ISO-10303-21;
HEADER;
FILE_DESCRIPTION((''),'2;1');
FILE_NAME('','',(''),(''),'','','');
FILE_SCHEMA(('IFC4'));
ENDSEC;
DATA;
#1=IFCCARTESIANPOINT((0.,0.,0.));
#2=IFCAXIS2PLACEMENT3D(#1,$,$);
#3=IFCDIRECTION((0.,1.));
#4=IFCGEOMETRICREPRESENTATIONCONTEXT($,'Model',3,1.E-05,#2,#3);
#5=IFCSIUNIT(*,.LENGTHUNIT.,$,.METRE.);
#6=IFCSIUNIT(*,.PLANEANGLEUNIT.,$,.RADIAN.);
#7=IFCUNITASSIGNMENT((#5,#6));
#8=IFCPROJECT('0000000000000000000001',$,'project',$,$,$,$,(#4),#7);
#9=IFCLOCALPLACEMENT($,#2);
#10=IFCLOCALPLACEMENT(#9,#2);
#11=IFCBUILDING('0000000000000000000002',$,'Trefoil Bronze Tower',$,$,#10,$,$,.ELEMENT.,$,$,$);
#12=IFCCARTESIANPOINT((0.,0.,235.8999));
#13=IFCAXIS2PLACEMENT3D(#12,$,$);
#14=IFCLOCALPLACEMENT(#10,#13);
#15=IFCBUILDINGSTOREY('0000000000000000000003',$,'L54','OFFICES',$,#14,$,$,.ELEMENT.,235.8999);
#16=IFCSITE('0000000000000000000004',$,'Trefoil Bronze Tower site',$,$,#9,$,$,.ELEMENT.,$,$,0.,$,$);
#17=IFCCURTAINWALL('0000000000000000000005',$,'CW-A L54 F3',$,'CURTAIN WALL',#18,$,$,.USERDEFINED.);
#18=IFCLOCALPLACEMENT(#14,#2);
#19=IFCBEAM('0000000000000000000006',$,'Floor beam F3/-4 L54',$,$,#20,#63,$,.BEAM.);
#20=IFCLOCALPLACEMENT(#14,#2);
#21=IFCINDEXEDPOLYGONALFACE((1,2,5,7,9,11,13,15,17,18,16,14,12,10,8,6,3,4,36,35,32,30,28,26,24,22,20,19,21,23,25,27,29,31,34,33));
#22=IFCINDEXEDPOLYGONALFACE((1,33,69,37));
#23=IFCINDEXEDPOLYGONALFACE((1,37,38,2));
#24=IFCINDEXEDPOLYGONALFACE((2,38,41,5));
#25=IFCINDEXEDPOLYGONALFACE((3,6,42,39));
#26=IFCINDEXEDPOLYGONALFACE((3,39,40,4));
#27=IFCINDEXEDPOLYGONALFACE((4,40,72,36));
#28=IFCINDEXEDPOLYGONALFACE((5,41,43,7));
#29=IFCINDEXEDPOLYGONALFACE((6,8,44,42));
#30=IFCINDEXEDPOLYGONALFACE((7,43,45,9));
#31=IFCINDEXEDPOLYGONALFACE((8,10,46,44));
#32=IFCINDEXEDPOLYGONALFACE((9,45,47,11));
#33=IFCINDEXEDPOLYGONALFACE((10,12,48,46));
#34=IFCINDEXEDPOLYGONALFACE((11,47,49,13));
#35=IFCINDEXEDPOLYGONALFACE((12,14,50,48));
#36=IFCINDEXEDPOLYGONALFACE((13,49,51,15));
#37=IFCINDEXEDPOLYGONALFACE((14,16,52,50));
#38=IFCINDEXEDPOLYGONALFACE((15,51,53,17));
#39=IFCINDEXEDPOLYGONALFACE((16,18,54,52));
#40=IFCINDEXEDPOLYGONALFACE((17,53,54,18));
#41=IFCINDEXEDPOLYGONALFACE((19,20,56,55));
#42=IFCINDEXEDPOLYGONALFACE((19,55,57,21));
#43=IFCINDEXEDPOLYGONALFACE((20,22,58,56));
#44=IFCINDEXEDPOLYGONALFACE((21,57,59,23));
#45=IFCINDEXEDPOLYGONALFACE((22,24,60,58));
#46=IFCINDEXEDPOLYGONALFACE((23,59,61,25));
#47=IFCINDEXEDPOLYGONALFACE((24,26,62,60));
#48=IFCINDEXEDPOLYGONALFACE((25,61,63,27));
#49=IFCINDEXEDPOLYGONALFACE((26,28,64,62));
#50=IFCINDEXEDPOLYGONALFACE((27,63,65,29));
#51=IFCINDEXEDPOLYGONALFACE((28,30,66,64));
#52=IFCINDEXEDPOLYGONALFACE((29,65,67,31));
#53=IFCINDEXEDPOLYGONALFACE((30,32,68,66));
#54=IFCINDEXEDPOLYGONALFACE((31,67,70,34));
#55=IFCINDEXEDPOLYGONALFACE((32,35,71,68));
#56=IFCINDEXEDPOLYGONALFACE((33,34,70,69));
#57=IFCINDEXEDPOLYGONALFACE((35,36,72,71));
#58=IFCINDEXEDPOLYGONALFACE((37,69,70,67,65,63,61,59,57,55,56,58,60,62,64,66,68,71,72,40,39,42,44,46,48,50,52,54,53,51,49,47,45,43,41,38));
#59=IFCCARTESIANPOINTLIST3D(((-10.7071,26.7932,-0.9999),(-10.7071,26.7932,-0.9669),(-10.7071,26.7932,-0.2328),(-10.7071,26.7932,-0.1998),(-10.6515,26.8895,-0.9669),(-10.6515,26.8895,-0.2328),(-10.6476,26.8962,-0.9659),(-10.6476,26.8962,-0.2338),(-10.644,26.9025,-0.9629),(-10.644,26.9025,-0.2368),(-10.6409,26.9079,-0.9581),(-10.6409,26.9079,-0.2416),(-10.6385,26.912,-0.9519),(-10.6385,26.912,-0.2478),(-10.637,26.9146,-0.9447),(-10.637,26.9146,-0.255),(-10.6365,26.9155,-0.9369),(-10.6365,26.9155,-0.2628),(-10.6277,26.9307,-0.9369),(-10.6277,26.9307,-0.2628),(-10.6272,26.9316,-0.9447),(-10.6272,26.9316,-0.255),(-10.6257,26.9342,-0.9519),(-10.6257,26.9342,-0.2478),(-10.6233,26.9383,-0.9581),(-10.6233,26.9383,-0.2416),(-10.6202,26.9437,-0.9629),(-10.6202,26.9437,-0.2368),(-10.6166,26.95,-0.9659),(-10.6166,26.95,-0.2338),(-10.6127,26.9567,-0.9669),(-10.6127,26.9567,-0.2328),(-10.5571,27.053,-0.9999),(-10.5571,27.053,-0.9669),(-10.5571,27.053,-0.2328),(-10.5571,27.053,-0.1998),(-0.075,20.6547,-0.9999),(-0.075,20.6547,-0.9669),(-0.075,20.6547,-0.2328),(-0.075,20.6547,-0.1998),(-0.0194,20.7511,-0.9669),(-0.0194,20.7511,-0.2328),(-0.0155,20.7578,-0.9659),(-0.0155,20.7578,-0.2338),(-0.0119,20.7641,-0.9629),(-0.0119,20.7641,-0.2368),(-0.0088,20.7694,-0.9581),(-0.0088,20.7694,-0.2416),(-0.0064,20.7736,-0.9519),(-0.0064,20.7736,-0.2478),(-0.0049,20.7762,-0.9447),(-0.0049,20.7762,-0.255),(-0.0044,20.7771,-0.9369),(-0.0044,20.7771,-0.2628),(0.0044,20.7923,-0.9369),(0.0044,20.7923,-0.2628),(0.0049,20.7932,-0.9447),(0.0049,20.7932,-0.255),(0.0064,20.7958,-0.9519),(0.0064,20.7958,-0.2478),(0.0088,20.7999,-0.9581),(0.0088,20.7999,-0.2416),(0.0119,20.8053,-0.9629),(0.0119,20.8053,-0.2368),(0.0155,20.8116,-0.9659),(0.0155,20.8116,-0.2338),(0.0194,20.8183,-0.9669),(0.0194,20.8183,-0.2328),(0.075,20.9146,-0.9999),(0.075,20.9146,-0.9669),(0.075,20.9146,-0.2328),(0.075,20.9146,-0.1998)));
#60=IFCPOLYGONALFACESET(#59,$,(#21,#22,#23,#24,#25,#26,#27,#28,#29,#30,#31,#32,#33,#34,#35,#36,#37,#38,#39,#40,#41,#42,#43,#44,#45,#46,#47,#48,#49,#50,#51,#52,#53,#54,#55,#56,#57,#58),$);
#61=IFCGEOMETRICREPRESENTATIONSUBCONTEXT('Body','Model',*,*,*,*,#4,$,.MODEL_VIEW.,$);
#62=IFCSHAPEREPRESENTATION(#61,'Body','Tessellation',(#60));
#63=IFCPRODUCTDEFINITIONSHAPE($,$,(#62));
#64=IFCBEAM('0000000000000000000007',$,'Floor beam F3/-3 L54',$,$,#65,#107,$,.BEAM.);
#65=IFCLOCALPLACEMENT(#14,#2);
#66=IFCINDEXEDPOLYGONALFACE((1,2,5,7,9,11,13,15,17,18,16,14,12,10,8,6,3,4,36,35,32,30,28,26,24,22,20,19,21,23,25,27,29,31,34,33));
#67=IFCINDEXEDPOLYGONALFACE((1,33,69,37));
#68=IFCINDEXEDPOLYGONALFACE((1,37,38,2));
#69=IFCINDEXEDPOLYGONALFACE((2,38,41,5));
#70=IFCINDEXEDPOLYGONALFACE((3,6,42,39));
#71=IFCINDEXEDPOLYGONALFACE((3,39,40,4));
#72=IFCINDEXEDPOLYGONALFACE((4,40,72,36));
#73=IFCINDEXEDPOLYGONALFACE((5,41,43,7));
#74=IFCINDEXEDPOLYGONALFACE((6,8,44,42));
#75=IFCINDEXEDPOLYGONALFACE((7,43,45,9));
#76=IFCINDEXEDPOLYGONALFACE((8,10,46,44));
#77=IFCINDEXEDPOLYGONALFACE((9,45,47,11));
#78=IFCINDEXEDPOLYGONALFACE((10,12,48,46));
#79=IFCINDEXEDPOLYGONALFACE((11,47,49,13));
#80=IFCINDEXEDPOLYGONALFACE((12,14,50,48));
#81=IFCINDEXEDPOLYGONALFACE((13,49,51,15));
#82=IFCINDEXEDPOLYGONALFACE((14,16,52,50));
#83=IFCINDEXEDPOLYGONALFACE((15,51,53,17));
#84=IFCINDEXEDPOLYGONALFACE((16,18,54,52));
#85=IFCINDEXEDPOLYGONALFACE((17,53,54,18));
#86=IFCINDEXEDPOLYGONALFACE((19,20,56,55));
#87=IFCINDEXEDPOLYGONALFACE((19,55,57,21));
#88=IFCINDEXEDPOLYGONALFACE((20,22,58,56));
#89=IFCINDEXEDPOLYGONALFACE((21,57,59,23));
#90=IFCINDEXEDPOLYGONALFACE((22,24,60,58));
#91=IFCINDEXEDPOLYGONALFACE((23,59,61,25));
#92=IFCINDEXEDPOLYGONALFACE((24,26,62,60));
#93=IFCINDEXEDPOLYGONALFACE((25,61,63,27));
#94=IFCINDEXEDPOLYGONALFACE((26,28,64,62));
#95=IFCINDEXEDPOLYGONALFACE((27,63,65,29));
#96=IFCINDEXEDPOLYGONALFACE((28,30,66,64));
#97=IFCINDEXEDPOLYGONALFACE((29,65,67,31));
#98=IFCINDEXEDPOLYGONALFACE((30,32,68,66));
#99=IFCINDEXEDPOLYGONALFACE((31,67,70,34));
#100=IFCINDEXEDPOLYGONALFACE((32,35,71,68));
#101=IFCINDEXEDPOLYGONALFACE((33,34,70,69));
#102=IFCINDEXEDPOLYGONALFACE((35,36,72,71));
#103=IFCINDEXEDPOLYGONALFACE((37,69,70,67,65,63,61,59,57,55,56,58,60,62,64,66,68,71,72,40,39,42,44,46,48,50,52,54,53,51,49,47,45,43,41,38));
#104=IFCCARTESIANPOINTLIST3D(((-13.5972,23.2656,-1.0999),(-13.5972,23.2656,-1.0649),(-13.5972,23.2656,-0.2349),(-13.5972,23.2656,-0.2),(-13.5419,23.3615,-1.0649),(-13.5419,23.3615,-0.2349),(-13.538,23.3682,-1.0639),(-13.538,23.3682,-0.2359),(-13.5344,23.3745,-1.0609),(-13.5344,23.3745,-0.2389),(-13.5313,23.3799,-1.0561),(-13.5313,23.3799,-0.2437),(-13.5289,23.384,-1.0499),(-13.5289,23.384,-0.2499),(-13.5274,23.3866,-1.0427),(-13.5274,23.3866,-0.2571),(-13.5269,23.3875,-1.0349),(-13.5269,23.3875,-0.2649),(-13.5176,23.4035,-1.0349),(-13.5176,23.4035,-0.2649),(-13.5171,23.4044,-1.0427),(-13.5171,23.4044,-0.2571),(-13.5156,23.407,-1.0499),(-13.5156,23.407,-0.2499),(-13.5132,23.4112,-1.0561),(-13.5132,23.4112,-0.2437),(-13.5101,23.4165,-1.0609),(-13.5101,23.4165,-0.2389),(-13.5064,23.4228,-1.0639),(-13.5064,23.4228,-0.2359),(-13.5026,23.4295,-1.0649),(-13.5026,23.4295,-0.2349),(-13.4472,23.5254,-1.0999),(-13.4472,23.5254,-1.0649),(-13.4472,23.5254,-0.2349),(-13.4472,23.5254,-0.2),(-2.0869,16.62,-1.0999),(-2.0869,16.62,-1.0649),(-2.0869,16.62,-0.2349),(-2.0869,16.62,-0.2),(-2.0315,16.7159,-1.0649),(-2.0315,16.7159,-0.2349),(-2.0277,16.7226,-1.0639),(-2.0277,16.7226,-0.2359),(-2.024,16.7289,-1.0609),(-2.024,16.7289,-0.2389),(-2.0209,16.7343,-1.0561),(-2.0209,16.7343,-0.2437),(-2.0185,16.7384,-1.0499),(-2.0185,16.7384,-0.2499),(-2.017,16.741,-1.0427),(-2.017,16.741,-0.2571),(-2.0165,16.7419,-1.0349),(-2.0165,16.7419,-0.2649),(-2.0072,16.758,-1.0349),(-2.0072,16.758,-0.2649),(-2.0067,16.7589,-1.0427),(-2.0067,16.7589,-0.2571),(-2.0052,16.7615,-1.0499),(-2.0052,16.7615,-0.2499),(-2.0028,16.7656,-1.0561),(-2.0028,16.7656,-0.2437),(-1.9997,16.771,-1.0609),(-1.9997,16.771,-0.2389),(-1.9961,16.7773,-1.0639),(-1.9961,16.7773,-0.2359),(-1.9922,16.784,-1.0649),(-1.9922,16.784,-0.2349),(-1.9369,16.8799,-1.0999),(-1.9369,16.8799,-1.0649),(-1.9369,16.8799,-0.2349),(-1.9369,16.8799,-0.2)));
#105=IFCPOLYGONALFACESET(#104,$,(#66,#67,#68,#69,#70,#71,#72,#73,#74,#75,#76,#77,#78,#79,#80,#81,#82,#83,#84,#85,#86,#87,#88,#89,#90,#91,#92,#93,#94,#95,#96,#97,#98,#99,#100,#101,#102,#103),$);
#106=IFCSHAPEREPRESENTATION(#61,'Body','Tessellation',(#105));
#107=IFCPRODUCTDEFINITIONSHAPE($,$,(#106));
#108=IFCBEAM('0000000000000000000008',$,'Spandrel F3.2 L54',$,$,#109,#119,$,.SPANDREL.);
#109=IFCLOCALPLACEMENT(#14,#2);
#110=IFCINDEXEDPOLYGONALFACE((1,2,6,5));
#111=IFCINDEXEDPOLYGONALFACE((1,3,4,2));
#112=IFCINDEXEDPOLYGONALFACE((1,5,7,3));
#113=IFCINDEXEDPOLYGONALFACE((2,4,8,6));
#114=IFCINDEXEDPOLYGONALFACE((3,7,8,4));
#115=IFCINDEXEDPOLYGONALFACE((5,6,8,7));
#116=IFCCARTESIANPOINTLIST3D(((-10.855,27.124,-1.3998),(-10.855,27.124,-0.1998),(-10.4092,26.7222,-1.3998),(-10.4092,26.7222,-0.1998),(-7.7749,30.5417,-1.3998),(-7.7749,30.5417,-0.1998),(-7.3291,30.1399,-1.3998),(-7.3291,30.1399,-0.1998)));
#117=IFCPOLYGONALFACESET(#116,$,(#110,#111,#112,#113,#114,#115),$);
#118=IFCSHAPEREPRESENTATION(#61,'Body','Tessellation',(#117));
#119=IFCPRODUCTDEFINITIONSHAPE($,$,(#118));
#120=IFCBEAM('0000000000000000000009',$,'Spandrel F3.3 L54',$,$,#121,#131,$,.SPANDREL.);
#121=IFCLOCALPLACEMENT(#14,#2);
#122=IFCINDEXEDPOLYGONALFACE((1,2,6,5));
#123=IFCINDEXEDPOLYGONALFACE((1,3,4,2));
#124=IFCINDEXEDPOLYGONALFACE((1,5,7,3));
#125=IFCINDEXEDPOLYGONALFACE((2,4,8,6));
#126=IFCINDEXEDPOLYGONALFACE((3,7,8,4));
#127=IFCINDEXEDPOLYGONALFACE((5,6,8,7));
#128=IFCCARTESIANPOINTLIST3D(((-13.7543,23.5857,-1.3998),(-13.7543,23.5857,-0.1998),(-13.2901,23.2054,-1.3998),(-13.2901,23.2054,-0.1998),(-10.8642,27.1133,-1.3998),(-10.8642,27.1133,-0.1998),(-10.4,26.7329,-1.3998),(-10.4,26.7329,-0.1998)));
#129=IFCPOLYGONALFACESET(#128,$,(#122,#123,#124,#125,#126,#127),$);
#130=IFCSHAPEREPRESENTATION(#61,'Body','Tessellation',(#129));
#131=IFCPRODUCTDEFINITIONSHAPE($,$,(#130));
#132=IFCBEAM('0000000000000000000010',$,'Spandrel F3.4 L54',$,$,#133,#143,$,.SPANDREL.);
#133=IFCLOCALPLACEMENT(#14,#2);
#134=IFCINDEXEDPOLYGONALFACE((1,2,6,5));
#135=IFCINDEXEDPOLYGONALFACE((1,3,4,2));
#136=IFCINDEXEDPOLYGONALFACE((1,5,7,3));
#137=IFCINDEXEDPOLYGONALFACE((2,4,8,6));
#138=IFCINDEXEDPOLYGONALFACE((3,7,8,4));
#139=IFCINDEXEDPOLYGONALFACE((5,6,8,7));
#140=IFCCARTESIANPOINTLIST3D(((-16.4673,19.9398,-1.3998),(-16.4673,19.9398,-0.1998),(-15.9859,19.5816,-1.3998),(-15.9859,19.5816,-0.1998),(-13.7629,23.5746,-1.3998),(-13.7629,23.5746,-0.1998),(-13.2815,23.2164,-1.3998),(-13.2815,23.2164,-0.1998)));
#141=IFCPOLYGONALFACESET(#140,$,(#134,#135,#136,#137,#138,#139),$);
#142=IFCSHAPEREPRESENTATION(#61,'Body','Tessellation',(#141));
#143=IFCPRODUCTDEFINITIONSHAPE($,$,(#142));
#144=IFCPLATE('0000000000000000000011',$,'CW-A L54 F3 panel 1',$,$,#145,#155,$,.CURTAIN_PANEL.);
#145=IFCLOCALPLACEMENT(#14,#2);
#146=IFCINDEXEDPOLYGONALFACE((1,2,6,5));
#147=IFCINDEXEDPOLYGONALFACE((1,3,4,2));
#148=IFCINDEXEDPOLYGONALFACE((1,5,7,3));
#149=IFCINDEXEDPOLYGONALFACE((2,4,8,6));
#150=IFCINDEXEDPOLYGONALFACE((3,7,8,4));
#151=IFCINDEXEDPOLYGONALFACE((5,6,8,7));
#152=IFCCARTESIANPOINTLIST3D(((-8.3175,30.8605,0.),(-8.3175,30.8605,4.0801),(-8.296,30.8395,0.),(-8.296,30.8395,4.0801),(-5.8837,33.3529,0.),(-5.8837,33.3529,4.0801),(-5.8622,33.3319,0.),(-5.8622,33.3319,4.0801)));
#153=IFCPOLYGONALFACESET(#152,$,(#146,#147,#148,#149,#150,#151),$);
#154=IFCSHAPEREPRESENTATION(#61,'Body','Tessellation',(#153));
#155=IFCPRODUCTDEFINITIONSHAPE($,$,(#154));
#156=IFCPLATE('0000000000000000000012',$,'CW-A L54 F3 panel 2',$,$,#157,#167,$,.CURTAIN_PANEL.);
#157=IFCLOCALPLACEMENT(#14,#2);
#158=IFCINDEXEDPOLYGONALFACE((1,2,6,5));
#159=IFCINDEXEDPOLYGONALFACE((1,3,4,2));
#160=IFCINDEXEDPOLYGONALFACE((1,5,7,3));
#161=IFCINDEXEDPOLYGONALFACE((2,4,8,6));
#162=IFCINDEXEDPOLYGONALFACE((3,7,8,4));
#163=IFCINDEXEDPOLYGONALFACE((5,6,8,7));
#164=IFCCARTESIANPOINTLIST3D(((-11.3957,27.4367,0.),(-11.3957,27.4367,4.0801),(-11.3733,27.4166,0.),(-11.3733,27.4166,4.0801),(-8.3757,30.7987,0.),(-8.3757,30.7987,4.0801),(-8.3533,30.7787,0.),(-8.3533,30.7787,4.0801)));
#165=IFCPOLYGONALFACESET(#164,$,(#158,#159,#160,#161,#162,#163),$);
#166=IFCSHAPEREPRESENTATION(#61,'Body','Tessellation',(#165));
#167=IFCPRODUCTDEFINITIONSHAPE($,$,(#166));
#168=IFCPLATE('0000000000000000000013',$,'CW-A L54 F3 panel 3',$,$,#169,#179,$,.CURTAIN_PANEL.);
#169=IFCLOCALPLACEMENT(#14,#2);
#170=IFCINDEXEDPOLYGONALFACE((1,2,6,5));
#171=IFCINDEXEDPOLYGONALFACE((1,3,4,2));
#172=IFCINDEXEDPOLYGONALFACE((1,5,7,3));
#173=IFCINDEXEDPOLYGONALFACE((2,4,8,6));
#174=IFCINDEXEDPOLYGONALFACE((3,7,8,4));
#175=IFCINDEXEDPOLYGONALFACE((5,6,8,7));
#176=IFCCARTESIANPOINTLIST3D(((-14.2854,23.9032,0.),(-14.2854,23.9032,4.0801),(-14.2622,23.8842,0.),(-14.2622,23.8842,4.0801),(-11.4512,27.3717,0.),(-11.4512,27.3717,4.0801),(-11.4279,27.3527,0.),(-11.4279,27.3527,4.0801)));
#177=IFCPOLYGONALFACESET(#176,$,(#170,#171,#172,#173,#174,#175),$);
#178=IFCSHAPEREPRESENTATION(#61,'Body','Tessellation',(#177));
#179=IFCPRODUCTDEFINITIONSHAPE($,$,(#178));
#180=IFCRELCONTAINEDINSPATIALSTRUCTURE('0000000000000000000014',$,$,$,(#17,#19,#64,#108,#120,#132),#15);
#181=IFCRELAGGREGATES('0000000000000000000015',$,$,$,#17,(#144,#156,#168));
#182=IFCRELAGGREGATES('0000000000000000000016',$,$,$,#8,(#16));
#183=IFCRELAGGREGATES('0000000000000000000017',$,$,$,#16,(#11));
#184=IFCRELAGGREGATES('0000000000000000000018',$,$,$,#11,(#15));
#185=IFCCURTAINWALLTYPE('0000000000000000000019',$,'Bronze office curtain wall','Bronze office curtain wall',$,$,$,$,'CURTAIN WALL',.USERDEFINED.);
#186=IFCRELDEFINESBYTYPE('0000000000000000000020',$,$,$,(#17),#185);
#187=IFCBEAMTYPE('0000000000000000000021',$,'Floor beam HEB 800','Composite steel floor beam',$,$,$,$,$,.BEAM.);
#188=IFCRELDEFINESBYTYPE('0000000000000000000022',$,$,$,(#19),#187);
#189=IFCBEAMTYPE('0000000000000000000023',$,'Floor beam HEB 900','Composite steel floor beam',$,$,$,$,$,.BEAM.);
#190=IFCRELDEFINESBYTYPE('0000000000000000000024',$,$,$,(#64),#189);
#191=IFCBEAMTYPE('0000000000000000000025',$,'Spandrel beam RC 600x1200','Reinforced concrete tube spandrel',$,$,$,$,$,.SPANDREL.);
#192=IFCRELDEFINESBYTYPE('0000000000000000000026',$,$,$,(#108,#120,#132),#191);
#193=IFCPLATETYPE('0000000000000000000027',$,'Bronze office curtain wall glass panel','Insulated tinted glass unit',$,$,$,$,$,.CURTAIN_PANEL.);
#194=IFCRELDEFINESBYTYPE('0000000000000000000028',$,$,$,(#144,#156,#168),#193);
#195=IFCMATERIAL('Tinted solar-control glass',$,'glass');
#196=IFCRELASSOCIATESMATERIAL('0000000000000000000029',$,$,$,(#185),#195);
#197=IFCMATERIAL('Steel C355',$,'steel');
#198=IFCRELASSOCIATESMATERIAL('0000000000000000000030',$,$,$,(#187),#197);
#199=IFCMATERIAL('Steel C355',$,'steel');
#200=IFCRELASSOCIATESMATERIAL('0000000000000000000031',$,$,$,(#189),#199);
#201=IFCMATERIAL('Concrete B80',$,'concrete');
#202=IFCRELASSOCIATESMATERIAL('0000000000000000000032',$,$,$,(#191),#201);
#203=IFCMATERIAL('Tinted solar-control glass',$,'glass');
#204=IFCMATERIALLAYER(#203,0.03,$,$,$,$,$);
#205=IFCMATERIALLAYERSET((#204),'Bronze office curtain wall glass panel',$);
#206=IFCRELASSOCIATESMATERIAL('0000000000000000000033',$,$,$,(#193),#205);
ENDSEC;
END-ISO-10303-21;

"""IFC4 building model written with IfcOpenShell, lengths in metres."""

from ifc_helpers import new_model, si_unit, direction, frame, origin, origin_2d, place, context, subcontext, project, spatial, rectangle, i_section, extrude, material, layer, layer_set, material_profile, profile_set, type_object, element, aggregate, save


model = new_model("IFC4")

# Units and contexts
model_context = context("Model", 3, precision=1e-05, world=origin(), true_north=direction((0.0, 1.0)))
body_context = subcontext(model_context, "Body", "Model", "MODEL_VIEW")
ifc_project = project(units=[si_unit("LENGTHUNIT", "METRE"), si_unit("PLANEANGLEUNIT", "RADIAN")], contexts=[model_context])

# Site, building, storey
site_placement = place(None, origin())
site = spatial("IfcSite", under=ifc_project, at=site_placement, Name="Trefoil Bronze Tower site", CompositionType="ELEMENT", RefElevation=0.0)
building_placement = place(site_placement, origin())
building = spatial("IfcBuilding", under=site, at=building_placement, Name="Trefoil Bronze Tower", CompositionType="ELEMENT")
storey_placement = place(building_placement, frame((0.0, 0.0, 235.8999)))
storey = spatial("IfcBuildingStorey", under=building, at=storey_placement, Name="L54", Description="OFFICES", CompositionType="ELEMENT", Elevation=235.8999)

# Curtain wall
ifc_material_1 = material(Name="Tinted solar-control glass", Category="glass")
curtain_wall_type_1 = type_object("IfcCurtainWallType", Name="Bronze office curtain wall", Description="Bronze office curtain wall", ElementType="CURTAIN WALL", PredefinedType="USERDEFINED", material=ifc_material_1)
curtain_wall_1_placement = place(storey_placement, origin())
curtain_wall_1 = element("IfcCurtainWall", 1, at=curtain_wall_1_placement, inside=storey, type_object=curtain_wall_type_1, Name="CW-A L54 F3", ObjectType="CURTAIN WALL", PredefinedType="USERDEFINED")

# Beams
ifc_material_2 = material(Name="Steel C355", Category="steel")
ifc_material_profile_1 = material_profile(ifc_material_2, i_section(OverallWidth=0.3, OverallDepth=0.8, WebThickness=0.0176, FlangeThickness=0.033, FilletRadius=0.03, at=origin_2d()), Name="HEB 800")
ifc_profile_set_1 = profile_set([ifc_material_profile_1], Name="Steel C355")
beam_type_1 = type_object("IfcBeamType", Name="Floor beam HEB 800", Description="Composite steel floor beam", PredefinedType="BEAM", material=ifc_profile_set_1)
beam_1_placement = place(storey_placement, frame((-10.6321, 26.9231, -0.5999), z_axis=(0.866026, -0.5, 0.0), x_axis=(0.5, 0.866026, 0.0)))
element("IfcBeam", 2, at=beam_1_placement, inside=storey, type_object=beam_type_1, Name="Floor beam F3/-4 L54", PredefinedType="BEAM", context=body_context, shape_type="SweptSolid", body=[
    extrude(i_section(OverallWidth=0.3, OverallDepth=0.8, WebThickness=0.0176, FlangeThickness=0.033, FilletRadius=0.03, at=origin_2d()), origin(), (0.0, 0.0, 1.0), 12.2769),
])
ifc_material_3 = material(Name="Steel C355", Category="steel")
ifc_material_profile_2 = material_profile(ifc_material_3, i_section(OverallWidth=0.3, OverallDepth=0.8999, WebThickness=0.0186, FlangeThickness=0.0349, FilletRadius=0.03, at=origin_2d()), Name="HEB 900")
ifc_profile_set_2 = profile_set([ifc_material_profile_2], Name="Steel C355")
beam_type_2 = type_object("IfcBeamType", Name="Floor beam HEB 900", Description="Composite steel floor beam", PredefinedType="BEAM", material=ifc_profile_set_2)
beam_2_placement = place(storey_placement, frame((-13.5222, 23.3955, -0.6499), z_axis=(0.866023, -0.500003, 0.0), x_axis=(0.500003, 0.866023, 0.0)))
element("IfcBeam", 3, at=beam_2_placement, inside=storey, type_object=beam_type_2, Name="Floor beam F3/-3 L54", PredefinedType="BEAM", context=body_context, shape_type="SweptSolid", body=[
    extrude(i_section(OverallWidth=0.3, OverallDepth=0.8999, WebThickness=0.0186, FlangeThickness=0.0349, FilletRadius=0.03, at=origin_2d()), origin(), (0.0, 0.0, 1.0), 13.291),
])
ifc_material_4 = material(Name="Concrete B80", Category="concrete")
ifc_material_profile_3 = material_profile(ifc_material_4, rectangle(XDim=0.6001, YDim=1.2, at=origin_2d()), Name="RC 600x1200")
ifc_profile_set_3 = profile_set([ifc_material_profile_3], Name="Concrete B80")
beam_type_3 = type_object("IfcBeamType", Name="Spandrel beam RC 600x1200", Description="Reinforced concrete tube spandrel", PredefinedType="SPANDREL", material=ifc_profile_set_3)
beam_3_placement = place(storey_placement, frame((-7.552, 30.3408, -0.7998), z_axis=(-0.66946, -0.742848, 0.0), x_axis=(0.742848, -0.66946, 0.0)))
element("IfcBeam", 4, at=beam_3_placement, inside=storey, type_object=beam_type_3, Name="Spandrel F3.2 L54", PredefinedType="SPANDREL", context=body_context, shape_type="SweptSolid", body=[
    extrude(rectangle(XDim=0.6001, YDim=1.2, at=origin_2d()), origin(), (0.0, 0.0, 1.0), 4.6008),
])
beam_4_placement = place(storey_placement, frame((-10.6321, 26.9231, -0.7998), z_axis=(-0.633754, -0.773535, 0.0), x_axis=(0.773535, -0.633754, 0.0)))
element("IfcBeam", 5, at=beam_4_placement, inside=storey, type_object=beam_type_3, Name="Spandrel F3.3 L54", PredefinedType="SPANDREL", context=body_context, shape_type="SweptSolid", body=[
    extrude(rectangle(XDim=0.6001, YDim=1.2, at=origin_2d()), origin(), (0.0, 0.0, 1.0), 4.5603),
])
beam_5_placement = place(storey_placement, frame((-13.5222, 23.3955, -0.7998), z_axis=(-0.596926, -0.802296, 0.0), x_axis=(0.802296, -0.596926, 0.0)))
element("IfcBeam", 6, at=beam_5_placement, inside=storey, type_object=beam_type_3, Name="Spandrel F3.4 L54", PredefinedType="SPANDREL", context=body_context, shape_type="SweptSolid", body=[
    extrude(rectangle(XDim=0.6001, YDim=1.2, at=origin_2d()), origin(), (0.0, 0.0, 1.0), 4.5305),
])

# Plates
ifc_material_5 = material(Name="Tinted solar-control glass", Category="glass")
ifc_layer_1 = layer(ifc_material_5, 0.03)
ifc_layer_set_1 = layer_set([ifc_layer_1], Name="Bronze office curtain wall glass panel")
plate_type_1 = type_object("IfcPlateType", Name="Bronze office curtain wall glass panel", Description="Insulated tinted glass unit", PredefinedType="CURTAIN_PANEL", material=ifc_layer_set_1)
plate_1_placement = place(storey_placement, frame((-7.0898, 32.0962, 0.0), z_axis=(0.0, 0.0, 1.0), x_axis=(-0.698652, -0.715462, 0.0)))
plate_1 = element("IfcPlate", 7, at=plate_1_placement, type_object=plate_type_1, Name="CW-A L54 F3 panel 1", PredefinedType="CURTAIN_PANEL", context=body_context, shape_type="SweptSolid", body=[
    extrude(rectangle(XDim=3.4836, YDim=0.03, at=origin_2d()), origin(), (0.0, 0.0, 1.0), 4.0801),
])
plate_2_placement = place(storey_placement, frame((-9.8745, 29.1077, 0.0), z_axis=(0.0, 0.0, 1.0), x_axis=(-0.668246, -0.743941, 0.0)))
plate_2 = element("IfcPlate", 8, at=plate_2_placement, type_object=plate_type_1, Name="CW-A L54 F3 panel 2", PredefinedType="CURTAIN_PANEL", context=body_context, shape_type="SweptSolid", body=[
    extrude(rectangle(XDim=4.5193, YDim=0.03, at=origin_2d()), origin(), (0.0, 0.0, 1.0), 4.0801),
])
plate_3_placement = place(storey_placement, frame((-12.8567, 25.6279, 0.0), z_axis=(0.0, 0.0, 1.0), x_axis=(-0.632753, -0.774354, 0.0)))
plate_3 = element("IfcPlate", 9, at=plate_3_placement, type_object=plate_type_1, Name="CW-A L54 F3 panel 3", PredefinedType="CURTAIN_PANEL", context=body_context, shape_type="SweptSolid", body=[
    extrude(rectangle(XDim=4.4792, YDim=0.03, at=origin_2d()), origin(), (0.0, 0.0, 1.0), 4.0801),
])
aggregate(curtain_wall_1, [plate_1, plate_2, plate_3])

save(model, "model.ifc")
